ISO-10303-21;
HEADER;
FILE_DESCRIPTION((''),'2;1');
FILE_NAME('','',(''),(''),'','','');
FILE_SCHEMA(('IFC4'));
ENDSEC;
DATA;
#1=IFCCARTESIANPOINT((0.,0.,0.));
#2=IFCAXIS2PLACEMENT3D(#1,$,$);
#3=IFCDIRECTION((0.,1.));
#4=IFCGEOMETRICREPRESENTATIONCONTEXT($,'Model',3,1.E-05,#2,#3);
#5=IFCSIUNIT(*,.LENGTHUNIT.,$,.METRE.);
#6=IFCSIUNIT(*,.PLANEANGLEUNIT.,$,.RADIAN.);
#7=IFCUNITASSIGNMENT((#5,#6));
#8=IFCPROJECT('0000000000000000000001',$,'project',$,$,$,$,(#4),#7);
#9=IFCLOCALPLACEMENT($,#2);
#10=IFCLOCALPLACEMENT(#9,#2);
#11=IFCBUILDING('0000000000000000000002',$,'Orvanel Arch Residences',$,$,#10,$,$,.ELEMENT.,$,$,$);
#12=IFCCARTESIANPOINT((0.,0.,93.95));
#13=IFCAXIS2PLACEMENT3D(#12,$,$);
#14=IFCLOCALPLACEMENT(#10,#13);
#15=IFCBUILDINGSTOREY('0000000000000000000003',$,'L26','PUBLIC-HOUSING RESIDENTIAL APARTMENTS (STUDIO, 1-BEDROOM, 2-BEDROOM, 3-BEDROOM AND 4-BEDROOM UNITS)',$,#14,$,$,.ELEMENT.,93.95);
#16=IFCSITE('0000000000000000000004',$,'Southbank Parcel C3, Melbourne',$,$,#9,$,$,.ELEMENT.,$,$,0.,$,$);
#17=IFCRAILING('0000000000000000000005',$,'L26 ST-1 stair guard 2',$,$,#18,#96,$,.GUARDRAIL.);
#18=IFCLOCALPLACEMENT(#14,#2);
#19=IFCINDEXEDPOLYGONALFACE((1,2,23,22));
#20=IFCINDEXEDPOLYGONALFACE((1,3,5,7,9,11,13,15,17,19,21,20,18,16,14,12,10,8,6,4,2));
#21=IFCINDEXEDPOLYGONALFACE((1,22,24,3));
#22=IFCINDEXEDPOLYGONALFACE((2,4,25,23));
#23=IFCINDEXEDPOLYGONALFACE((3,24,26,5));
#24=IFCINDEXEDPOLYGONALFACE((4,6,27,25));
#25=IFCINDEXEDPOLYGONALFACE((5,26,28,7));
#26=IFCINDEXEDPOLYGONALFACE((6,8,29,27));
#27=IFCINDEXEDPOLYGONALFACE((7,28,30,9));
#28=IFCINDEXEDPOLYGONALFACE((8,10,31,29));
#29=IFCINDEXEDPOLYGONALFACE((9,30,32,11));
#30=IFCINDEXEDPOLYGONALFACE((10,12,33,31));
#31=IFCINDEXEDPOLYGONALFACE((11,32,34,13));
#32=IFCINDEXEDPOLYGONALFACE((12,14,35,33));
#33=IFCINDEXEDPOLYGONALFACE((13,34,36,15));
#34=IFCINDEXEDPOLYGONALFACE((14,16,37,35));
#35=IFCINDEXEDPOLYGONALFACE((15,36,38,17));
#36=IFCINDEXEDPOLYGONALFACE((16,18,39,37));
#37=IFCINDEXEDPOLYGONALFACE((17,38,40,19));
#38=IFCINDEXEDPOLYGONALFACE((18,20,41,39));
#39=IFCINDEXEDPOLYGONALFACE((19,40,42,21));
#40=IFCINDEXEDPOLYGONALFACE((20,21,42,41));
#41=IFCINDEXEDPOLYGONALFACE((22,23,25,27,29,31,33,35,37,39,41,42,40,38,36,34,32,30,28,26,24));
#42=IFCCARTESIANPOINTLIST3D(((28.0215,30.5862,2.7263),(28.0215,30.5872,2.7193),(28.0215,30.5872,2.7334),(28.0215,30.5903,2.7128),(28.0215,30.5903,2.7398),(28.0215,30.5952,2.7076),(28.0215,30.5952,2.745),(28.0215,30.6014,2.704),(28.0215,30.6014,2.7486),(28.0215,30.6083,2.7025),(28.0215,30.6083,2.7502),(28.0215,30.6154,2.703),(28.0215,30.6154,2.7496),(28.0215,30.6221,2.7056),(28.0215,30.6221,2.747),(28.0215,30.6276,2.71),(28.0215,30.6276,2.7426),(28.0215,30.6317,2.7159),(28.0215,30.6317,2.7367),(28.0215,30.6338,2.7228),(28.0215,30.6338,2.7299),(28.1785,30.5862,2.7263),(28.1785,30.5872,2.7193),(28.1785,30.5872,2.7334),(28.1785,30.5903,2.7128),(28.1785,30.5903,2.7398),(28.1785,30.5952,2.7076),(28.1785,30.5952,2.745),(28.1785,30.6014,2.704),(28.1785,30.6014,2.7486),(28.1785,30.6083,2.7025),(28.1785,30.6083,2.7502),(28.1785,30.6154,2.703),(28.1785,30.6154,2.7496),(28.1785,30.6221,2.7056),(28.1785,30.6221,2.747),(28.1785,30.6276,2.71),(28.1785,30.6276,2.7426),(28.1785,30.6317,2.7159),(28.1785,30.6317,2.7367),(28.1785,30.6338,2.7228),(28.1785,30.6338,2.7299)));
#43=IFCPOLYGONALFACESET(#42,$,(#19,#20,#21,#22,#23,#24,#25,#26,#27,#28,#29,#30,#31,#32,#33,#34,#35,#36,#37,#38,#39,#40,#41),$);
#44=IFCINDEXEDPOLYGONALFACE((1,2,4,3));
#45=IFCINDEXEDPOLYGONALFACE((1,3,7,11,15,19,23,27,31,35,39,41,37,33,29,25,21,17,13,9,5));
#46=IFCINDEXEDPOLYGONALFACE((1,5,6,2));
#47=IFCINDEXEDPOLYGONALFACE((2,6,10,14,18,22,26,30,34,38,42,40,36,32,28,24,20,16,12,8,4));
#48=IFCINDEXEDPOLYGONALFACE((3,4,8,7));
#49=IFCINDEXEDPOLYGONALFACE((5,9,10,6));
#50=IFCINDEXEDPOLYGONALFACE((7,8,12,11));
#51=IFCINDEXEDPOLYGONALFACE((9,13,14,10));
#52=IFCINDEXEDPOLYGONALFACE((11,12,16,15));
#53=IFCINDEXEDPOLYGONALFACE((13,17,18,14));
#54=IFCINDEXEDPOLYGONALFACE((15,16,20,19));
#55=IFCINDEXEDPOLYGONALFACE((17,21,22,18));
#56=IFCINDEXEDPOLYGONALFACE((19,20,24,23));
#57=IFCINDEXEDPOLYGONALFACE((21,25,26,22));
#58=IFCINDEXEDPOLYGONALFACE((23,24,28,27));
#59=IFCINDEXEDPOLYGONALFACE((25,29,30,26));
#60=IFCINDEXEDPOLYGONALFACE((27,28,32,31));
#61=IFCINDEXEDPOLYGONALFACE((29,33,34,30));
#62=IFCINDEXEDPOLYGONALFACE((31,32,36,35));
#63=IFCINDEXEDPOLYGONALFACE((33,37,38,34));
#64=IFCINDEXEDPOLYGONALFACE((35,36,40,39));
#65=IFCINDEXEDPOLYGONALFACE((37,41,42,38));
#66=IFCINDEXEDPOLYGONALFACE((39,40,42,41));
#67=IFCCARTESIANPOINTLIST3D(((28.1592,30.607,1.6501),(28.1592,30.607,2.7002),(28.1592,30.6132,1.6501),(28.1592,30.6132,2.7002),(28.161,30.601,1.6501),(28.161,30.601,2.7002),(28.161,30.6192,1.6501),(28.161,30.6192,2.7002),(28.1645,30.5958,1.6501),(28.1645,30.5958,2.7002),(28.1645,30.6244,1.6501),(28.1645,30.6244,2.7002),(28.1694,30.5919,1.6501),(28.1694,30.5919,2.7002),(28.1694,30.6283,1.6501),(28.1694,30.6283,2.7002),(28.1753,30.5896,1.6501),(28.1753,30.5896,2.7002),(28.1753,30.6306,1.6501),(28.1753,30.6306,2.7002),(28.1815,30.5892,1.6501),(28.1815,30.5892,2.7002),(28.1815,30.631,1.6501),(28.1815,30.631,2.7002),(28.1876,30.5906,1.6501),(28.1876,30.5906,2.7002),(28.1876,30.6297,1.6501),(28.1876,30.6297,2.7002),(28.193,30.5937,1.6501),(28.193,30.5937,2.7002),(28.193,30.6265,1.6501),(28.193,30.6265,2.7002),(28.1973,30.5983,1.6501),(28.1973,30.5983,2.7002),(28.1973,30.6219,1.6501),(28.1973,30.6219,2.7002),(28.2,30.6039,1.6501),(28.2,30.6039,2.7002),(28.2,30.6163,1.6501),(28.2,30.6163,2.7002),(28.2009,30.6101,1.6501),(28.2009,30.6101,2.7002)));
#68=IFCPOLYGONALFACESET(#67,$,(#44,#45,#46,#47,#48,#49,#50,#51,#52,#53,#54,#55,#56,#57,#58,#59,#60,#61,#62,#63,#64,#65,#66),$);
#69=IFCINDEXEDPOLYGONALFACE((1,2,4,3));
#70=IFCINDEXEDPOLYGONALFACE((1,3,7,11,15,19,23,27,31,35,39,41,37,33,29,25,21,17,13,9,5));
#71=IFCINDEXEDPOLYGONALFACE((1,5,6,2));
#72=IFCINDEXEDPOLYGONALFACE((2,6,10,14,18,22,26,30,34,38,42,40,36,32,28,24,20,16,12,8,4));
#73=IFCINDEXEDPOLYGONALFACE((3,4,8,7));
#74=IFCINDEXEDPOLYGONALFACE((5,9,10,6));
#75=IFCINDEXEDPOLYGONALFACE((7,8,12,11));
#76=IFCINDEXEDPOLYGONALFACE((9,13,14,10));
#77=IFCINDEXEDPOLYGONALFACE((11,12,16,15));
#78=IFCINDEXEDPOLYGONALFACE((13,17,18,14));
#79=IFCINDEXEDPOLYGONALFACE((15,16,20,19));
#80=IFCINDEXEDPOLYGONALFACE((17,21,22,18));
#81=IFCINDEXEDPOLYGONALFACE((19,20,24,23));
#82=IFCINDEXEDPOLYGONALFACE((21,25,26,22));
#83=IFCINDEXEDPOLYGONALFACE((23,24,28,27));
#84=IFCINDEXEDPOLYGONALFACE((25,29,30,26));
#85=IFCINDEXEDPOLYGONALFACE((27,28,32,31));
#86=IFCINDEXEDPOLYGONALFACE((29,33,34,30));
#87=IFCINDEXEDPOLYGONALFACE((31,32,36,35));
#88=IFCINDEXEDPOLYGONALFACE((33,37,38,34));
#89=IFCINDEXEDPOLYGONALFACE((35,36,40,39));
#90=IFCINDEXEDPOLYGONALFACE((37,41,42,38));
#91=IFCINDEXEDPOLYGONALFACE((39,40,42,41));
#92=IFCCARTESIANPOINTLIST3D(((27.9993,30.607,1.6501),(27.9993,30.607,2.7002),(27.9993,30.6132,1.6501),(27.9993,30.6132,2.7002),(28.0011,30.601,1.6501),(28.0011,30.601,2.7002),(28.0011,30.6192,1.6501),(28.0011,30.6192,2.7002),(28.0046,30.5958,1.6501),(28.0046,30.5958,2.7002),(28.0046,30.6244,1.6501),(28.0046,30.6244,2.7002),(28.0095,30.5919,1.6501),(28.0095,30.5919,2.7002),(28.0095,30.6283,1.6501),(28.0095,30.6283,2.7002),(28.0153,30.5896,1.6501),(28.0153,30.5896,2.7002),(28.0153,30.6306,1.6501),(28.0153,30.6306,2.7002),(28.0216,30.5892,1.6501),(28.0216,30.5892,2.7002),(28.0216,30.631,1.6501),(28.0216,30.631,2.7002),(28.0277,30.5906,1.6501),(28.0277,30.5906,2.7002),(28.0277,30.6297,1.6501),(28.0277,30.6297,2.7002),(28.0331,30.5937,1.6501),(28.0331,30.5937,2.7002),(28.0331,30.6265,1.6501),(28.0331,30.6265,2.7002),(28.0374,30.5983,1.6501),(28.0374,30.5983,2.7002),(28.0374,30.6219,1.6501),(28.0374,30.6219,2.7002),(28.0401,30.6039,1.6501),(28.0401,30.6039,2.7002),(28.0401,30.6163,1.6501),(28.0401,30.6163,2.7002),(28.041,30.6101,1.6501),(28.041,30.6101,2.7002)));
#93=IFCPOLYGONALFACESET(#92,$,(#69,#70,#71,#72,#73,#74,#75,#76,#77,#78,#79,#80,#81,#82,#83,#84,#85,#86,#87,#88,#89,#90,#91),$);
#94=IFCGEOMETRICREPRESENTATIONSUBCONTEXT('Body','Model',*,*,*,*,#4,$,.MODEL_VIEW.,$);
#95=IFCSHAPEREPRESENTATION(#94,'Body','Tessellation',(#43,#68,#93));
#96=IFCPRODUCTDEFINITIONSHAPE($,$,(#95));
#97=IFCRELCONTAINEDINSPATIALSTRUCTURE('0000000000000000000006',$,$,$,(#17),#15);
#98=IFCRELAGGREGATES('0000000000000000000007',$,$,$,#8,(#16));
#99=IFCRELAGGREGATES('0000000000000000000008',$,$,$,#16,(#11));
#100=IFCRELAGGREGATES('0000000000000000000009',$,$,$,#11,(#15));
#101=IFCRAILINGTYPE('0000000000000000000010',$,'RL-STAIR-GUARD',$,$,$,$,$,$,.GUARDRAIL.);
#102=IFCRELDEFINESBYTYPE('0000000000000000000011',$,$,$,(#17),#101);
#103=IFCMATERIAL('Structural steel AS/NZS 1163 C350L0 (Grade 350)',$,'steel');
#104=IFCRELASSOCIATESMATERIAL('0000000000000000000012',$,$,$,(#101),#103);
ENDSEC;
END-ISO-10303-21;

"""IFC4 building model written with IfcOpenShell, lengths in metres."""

from ifc_helpers import new_model, si_unit, direction, frame, origin, origin_2d, place, context, subcontext, project, spatial, circle, extrude, material, type_object, element, save


model = new_model("IFC4")

# Units and contexts
model_context = context("Model", 3, precision=1e-05, world=origin(), true_north=direction((0.0, 1.0)))
body_context = subcontext(model_context, "Body", "Model", "MODEL_VIEW")
ifc_project = project(units=[si_unit("LENGTHUNIT", "METRE"), si_unit("PLANEANGLEUNIT", "RADIAN")], contexts=[model_context])

# Site, building, storey
site_placement = place(None, origin())
site = spatial("IfcSite", under=ifc_project, at=site_placement, Name="Southbank Parcel C3, Melbourne", CompositionType="ELEMENT", RefElevation=0.0)
building_placement = place(site_placement, origin())
building = spatial("IfcBuilding", under=site, at=building_placement, Name="Orvanel Arch Residences", CompositionType="ELEMENT")
storey_placement = place(building_placement, frame((0.0, 0.0, 93.95)))
storey = spatial("IfcBuildingStorey", under=building, at=storey_placement, Name="L26", Description="PUBLIC-HOUSING RESIDENTIAL APARTMENTS (STUDIO, 1-BEDROOM, 2-BEDROOM, 3-BEDROOM AND 4-BEDROOM UNITS)", CompositionType="ELEMENT", Elevation=93.95)

# Railing
ifc_material_1 = material(Name="Structural steel AS/NZS 1163 C350L0 (Grade 350)", Category="steel")
railing_type_1 = type_object("IfcRailingType", Name="RL-STAIR-GUARD", PredefinedType="GUARDRAIL", material=ifc_material_1)
railing_1_placement = place(storey_placement, frame((28.1799, 30.6101, 1.6501)))
element("IfcRailing", 1, at=railing_1_placement, inside=storey, type_object=railing_type_1, Name="L26 ST-1 stair guard 2", PredefinedType="GUARDRAIL", context=body_context, shape_type="SweptSolid", body=[
    extrude(circle(Radius=0.0239, at=origin_2d()), frame((-0.0015, 0.0, 1.0762), z_axis=(-1.0, 0.0, 0.0), x_axis=(0.0, -1.0, 0.0)), (0.0, 0.0, 1.0), 0.157),
    extrude(circle(Radius=0.021, at=origin_2d()), origin(), (0.0, 0.0, 1.0), 1.05),
    extrude(circle(Radius=0.021, at=origin_2d()), frame((-0.1599, 0.0, 0.0)), (0.0, 0.0, 1.0), 1.05),
])

save(model, "model.ifc")
